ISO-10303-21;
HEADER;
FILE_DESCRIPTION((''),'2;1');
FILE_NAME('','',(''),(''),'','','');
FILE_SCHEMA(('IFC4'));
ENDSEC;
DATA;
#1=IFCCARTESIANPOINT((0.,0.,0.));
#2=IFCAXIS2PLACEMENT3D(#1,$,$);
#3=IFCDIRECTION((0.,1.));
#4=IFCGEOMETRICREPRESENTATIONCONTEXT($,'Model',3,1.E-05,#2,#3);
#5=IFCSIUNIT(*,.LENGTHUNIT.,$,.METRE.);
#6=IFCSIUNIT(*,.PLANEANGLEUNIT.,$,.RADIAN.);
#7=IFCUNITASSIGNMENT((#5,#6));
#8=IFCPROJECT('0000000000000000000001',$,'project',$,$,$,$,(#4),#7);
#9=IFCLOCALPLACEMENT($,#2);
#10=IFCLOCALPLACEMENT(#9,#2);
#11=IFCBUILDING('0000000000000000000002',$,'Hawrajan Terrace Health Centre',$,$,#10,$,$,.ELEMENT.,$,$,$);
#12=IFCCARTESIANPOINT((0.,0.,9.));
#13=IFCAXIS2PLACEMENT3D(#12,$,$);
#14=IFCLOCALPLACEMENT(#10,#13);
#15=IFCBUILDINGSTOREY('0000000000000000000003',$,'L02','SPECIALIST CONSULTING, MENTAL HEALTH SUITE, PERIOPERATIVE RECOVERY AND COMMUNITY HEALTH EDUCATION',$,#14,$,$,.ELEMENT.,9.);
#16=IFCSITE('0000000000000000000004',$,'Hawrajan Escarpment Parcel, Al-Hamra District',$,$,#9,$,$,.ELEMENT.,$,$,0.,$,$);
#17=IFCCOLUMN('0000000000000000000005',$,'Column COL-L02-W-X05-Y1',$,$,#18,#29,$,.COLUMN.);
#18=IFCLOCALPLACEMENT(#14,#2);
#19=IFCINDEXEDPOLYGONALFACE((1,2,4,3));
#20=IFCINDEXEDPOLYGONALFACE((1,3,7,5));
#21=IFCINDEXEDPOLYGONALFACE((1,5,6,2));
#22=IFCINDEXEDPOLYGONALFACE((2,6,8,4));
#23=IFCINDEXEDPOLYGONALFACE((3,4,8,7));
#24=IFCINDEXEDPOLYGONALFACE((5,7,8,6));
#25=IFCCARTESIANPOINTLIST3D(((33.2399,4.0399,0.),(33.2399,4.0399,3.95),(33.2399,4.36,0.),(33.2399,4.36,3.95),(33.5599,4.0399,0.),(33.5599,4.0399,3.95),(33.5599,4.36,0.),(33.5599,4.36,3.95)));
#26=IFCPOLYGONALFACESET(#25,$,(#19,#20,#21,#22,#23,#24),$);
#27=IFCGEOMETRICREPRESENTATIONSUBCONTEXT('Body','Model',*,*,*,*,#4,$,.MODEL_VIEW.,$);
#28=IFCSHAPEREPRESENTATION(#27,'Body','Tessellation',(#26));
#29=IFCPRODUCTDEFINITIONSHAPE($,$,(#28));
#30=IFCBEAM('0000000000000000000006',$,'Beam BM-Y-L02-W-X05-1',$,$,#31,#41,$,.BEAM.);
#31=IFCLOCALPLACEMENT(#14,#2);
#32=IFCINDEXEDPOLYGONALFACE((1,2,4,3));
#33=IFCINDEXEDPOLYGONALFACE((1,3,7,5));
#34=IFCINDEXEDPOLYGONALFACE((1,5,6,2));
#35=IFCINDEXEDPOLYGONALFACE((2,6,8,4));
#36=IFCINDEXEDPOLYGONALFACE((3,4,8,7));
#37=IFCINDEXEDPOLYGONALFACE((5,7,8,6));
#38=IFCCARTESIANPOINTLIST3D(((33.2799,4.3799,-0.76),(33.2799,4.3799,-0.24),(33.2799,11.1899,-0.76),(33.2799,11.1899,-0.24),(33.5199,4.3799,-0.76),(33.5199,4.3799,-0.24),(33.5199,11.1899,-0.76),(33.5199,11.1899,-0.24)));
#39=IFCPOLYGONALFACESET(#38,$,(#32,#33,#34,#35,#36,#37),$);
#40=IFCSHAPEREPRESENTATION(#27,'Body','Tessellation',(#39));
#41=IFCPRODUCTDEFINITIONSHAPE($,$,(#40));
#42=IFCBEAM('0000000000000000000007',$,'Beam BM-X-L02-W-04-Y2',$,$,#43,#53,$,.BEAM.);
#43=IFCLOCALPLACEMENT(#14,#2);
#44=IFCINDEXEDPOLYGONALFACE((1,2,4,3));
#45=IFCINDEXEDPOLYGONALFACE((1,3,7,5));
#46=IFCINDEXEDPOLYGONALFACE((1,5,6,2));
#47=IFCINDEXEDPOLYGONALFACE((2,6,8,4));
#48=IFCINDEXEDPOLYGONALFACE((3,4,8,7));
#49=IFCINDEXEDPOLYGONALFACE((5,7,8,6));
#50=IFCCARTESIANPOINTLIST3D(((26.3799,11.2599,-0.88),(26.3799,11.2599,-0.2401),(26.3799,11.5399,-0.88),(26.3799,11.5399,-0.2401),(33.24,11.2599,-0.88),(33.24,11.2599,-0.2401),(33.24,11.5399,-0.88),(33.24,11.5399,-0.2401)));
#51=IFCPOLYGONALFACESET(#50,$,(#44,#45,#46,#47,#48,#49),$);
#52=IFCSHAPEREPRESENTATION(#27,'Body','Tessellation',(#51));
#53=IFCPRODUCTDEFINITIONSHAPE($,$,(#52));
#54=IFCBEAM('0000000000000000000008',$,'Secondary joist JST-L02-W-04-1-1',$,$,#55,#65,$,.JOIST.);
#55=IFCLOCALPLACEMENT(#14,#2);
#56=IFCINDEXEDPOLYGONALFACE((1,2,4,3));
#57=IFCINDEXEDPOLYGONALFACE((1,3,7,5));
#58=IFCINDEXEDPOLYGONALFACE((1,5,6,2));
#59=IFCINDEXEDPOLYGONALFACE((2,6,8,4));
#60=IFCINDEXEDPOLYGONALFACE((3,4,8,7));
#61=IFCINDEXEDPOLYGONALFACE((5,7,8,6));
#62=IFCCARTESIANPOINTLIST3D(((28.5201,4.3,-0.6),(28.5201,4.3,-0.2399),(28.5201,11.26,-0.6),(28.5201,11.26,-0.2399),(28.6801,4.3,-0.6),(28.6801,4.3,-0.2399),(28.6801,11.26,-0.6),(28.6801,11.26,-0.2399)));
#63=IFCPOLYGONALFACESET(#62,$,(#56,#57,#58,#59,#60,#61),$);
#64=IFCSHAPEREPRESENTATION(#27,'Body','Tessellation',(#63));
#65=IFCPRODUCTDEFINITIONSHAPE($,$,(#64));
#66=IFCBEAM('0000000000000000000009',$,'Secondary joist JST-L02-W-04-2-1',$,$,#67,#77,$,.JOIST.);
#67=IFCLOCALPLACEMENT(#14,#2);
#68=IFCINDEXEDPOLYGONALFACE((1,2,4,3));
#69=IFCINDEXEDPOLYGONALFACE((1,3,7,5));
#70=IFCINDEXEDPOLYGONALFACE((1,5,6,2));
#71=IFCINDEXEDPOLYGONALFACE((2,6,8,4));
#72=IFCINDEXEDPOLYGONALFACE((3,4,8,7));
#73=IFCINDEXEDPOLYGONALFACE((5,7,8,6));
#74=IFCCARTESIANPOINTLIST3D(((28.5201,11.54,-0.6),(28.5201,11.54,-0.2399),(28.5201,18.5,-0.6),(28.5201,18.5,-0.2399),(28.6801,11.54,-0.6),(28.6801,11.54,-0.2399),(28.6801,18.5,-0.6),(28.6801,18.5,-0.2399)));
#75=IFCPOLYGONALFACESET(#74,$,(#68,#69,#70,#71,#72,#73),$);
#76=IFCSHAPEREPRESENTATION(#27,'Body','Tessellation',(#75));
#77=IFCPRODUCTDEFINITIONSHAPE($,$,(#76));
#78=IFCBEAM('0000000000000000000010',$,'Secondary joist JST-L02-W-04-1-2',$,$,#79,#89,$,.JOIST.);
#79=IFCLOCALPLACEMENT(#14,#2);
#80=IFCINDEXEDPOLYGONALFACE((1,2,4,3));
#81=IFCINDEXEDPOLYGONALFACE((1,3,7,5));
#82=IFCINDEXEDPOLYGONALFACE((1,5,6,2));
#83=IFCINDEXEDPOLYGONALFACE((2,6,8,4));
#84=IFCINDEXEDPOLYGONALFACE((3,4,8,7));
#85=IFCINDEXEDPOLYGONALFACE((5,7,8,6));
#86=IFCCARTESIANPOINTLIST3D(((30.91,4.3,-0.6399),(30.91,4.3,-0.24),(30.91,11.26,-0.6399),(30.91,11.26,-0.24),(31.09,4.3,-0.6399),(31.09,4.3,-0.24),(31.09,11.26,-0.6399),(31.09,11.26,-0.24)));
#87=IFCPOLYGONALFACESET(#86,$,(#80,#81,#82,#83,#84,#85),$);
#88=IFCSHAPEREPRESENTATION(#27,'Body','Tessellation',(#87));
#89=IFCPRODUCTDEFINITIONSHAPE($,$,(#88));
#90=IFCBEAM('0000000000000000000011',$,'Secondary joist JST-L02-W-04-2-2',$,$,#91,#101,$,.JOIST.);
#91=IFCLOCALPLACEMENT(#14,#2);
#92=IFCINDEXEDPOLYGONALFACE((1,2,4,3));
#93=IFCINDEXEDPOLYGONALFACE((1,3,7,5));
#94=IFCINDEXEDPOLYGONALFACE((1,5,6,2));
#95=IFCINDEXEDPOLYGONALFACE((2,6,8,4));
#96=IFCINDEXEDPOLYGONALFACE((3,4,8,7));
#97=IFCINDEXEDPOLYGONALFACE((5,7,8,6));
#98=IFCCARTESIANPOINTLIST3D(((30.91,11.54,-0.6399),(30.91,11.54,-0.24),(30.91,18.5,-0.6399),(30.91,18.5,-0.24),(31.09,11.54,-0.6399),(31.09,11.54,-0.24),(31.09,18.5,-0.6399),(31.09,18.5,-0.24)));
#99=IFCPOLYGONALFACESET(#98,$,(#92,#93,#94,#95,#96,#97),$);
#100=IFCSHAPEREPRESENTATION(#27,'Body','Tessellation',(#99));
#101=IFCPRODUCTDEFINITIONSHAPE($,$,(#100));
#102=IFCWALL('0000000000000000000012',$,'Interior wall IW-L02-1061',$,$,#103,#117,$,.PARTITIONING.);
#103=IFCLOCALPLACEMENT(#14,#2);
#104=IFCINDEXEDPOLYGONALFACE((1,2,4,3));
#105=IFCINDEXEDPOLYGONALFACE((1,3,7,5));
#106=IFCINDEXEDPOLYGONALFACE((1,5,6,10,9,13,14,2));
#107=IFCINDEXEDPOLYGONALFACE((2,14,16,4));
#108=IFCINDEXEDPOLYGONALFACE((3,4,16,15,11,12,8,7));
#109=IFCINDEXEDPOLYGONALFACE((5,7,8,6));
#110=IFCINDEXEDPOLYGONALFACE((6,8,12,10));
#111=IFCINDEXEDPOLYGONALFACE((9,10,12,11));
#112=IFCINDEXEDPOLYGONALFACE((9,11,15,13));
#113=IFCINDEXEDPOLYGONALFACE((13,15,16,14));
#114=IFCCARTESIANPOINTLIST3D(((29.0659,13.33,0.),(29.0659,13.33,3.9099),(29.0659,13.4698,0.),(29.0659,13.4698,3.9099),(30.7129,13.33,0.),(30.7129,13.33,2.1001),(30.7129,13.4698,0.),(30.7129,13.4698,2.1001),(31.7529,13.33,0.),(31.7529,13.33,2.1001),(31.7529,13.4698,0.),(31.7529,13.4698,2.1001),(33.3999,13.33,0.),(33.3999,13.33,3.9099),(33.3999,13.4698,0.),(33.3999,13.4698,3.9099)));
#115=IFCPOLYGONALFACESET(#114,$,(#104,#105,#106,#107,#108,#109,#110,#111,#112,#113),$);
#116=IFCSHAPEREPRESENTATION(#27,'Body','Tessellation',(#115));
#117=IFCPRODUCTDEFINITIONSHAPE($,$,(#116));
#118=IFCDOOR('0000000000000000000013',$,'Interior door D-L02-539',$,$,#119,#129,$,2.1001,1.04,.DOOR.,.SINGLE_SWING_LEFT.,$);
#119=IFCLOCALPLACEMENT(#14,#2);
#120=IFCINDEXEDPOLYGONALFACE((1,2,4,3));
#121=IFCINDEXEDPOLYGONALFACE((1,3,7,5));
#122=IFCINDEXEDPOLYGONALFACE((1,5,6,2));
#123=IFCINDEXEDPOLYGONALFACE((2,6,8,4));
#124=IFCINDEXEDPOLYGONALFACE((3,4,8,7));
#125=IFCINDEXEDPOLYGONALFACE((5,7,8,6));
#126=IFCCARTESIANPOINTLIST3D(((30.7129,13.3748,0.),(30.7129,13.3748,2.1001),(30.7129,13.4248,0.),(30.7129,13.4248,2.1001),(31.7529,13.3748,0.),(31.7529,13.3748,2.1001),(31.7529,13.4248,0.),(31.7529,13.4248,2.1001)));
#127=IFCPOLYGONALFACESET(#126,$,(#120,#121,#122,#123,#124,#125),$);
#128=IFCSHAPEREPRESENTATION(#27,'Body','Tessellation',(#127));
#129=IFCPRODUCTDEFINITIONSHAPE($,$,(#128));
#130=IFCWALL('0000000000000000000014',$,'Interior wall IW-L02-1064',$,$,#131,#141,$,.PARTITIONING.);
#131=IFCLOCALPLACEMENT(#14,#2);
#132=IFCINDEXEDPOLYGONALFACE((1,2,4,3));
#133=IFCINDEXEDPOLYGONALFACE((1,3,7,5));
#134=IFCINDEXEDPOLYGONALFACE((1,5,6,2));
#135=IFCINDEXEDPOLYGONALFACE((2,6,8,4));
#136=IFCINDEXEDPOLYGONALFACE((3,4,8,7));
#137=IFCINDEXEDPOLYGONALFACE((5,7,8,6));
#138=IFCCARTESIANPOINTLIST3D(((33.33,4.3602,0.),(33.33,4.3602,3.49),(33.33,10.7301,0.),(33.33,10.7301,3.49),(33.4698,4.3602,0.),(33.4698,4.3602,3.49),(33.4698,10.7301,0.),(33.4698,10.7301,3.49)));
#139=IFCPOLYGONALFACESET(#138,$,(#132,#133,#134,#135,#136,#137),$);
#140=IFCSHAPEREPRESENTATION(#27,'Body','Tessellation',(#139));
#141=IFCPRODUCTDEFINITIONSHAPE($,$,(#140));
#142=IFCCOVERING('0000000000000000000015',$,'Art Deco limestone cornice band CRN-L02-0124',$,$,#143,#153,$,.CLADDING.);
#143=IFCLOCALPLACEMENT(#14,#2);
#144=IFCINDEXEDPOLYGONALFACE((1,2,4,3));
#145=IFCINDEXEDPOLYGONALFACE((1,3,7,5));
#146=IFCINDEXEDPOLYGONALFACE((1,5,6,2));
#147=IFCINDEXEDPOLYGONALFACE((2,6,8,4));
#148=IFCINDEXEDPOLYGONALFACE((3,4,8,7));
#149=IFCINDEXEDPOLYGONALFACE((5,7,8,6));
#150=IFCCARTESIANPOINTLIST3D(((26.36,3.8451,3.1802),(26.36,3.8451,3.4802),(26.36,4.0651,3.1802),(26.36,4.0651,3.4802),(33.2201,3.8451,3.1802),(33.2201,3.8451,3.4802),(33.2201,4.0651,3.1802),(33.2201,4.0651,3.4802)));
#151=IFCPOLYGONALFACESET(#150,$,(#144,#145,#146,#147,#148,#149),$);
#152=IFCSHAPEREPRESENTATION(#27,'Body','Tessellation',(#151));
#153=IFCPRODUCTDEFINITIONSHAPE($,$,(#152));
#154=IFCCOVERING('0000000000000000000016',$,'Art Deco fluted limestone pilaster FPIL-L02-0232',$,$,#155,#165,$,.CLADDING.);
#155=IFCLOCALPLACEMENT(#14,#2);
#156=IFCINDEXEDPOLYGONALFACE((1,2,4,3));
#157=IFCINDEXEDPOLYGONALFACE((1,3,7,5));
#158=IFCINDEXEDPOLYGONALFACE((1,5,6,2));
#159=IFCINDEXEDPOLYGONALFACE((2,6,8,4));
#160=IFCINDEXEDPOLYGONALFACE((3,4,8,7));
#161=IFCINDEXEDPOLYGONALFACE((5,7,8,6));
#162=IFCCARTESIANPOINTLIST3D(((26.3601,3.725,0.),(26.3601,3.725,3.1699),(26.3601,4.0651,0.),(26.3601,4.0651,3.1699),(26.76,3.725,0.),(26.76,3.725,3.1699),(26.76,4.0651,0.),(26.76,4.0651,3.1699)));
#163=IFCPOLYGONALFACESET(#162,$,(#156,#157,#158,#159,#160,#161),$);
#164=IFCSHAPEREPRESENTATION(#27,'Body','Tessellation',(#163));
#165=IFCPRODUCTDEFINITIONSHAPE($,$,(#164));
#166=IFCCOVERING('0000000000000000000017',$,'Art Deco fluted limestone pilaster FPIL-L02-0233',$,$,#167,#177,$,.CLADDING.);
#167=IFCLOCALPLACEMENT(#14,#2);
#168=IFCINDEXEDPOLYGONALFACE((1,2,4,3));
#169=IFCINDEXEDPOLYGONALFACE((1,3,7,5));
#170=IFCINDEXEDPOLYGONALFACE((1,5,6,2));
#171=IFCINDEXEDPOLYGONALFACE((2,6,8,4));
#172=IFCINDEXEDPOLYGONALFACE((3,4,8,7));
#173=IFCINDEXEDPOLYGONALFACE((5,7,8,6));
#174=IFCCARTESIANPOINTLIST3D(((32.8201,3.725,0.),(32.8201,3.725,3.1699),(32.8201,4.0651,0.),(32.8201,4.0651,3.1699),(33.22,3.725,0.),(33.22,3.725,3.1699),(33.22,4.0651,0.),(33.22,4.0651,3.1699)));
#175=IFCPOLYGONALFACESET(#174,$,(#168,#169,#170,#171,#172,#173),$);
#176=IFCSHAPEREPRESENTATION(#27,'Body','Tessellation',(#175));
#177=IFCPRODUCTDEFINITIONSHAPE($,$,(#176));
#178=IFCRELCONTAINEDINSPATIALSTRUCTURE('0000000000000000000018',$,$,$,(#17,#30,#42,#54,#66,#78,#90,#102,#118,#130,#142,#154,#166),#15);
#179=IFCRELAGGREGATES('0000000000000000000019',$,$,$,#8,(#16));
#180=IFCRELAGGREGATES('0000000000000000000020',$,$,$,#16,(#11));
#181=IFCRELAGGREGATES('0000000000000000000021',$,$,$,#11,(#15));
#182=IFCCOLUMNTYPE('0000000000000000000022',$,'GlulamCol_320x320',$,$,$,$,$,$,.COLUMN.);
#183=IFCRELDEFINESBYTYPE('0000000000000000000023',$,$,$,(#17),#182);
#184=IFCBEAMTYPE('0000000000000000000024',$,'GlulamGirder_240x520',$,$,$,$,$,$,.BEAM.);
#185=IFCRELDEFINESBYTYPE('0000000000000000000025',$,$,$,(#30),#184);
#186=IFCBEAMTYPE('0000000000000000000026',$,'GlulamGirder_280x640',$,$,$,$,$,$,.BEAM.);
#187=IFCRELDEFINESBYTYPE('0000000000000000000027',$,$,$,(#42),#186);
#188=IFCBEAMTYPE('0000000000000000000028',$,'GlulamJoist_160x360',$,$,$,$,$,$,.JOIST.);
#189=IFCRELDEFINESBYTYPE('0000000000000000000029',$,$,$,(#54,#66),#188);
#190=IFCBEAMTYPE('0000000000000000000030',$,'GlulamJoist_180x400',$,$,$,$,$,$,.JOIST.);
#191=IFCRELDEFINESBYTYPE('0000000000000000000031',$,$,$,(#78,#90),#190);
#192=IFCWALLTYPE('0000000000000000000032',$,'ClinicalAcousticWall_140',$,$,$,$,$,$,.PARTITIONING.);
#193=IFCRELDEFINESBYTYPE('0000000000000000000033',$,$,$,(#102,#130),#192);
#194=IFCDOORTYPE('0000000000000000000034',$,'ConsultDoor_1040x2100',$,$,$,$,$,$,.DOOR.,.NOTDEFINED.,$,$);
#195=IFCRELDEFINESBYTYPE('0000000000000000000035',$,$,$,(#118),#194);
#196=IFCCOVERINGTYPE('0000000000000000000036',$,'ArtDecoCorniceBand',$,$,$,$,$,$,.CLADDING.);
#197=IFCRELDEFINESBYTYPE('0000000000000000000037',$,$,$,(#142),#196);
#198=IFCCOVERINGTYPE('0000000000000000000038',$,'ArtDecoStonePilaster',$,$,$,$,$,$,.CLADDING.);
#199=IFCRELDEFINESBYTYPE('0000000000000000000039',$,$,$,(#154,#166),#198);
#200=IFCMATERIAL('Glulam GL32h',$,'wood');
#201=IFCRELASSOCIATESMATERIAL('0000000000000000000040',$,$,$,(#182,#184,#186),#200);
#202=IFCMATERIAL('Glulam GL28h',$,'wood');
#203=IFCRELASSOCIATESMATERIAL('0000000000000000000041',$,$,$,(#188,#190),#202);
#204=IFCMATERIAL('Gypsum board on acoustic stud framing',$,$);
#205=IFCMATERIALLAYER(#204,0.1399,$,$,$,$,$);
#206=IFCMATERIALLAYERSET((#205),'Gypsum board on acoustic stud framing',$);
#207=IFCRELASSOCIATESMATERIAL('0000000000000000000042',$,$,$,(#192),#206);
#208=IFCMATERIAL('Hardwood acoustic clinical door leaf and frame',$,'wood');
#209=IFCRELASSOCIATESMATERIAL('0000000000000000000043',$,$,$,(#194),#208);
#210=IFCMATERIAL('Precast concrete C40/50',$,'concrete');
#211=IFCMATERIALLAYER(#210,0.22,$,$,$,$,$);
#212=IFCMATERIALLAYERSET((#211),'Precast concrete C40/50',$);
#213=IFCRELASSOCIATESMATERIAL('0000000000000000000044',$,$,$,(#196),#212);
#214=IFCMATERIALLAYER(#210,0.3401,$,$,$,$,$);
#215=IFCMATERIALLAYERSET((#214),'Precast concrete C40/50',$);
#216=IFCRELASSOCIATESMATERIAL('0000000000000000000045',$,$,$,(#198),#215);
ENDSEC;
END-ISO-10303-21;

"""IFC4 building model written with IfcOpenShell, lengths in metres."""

from ifc_helpers import new_model, si_unit, direction, frame, frame_2d, origin, origin_2d, place, context, subcontext, project, spatial, rectangle, extrude, material, layer, layer_set, material_profile, profile_set, type_object, element, fill, save


model = new_model("IFC4")

# Units and contexts
model_context = context("Model", 3, precision=1e-05, world=origin(), true_north=direction((0.0, 1.0)))
body_context = subcontext(model_context, "Body", "Model", "MODEL_VIEW")
ifc_project = project(units=[si_unit("LENGTHUNIT", "METRE"), si_unit("PLANEANGLEUNIT", "RADIAN")], contexts=[model_context])

# Site, building, storey
site_placement = place(None, origin())
site = spatial("IfcSite", under=ifc_project, at=site_placement, Name="Hawrajan Escarpment Parcel, Al-Hamra District", CompositionType="ELEMENT", RefElevation=0.0)
building_placement = place(site_placement, origin())
building = spatial("IfcBuilding", under=site, at=building_placement, Name="Hawrajan Terrace Health Centre", CompositionType="ELEMENT")
storey_placement = place(building_placement, frame((0.0, 0.0, 9.0)))
storey = spatial("IfcBuildingStorey", under=building, at=storey_placement, Name="L02", Description="SPECIALIST CONSULTING, MENTAL HEALTH SUITE, PERIOPERATIVE RECOVERY AND COMMUNITY HEALTH EDUCATION", CompositionType="ELEMENT", Elevation=9.0)

# Column
ifc_material_1 = material(Name="Glulam GL32h", Category="wood")
ifc_material_profile_1 = material_profile(ifc_material_1, rectangle(XDim=0.3201, YDim=0.3201, at=origin_2d()), Name="GL 320x320")
ifc_profile_set_1 = profile_set([ifc_material_profile_1], Name="Glulam GL32h")
column_type = type_object("IfcColumnType", Name="GlulamCol_320x320", PredefinedType="COLUMN", material=ifc_profile_set_1)
column_placement = place(storey_placement, frame((33.3999, 4.2, 0.0), z_axis=(0.0, 0.0, 1.0), x_axis=(1.0, 0.0, 0.0)))
element("IfcColumn", 1, at=column_placement, inside=storey, type_object=column_type, Name="Column COL-L02-W-X05-Y1", PredefinedType="COLUMN", context=body_context, shape_type="SweptSolid", body=[
    extrude(rectangle(XDim=0.3201, YDim=0.3201, at=origin_2d()), origin(), (0.0, 0.0, 1.0), 3.95),
])

# Beams
ifc_material_profile_2 = material_profile(ifc_material_1, rectangle(XDim=0.24, YDim=0.52, at=origin_2d()), Name="GL BM 240x520")
ifc_profile_set_2 = profile_set([ifc_material_profile_2], Name="Glulam GL32h")
beam_type_1 = type_object("IfcBeamType", Name="GlulamGirder_240x520", PredefinedType="BEAM", material=ifc_profile_set_2)
beam_1_placement = place(storey_placement, frame((33.3999, 4.3799, -0.5), z_axis=(0.0, 1.0, 0.0), x_axis=(-1.0, 0.0, 0.0)))
element("IfcBeam", 2, at=beam_1_placement, inside=storey, type_object=beam_type_1, Name="Beam BM-Y-L02-W-X05-1", PredefinedType="BEAM", context=body_context, shape_type="SweptSolid", body=[
    extrude(rectangle(XDim=0.24, YDim=0.52, at=origin_2d()), origin(), (0.0, 0.0, 1.0), 6.8101),
])
ifc_material_profile_3 = material_profile(ifc_material_1, rectangle(XDim=0.28, YDim=0.6399, at=origin_2d()), Name="GL BM 280x640")
ifc_profile_set_3 = profile_set([ifc_material_profile_3], Name="Glulam GL32h")
beam_type_2 = type_object("IfcBeamType", Name="GlulamGirder_280x640", PredefinedType="BEAM", material=ifc_profile_set_3)
beam_2_placement = place(storey_placement, frame((26.3799, 11.3999, -0.5601), z_axis=(1.0, 0.0, 0.0), x_axis=(0.0, 1.0, 0.0)))
element("IfcBeam", 3, at=beam_2_placement, inside=storey, type_object=beam_type_2, Name="Beam BM-X-L02-W-04-Y2", PredefinedType="BEAM", context=body_context, shape_type="SweptSolid", body=[
    extrude(rectangle(XDim=0.28, YDim=0.6399, at=origin_2d()), origin(), (0.0, 0.0, 1.0), 6.8601),
])
ifc_material_2 = material(Name="Glulam GL28h", Category="wood")
ifc_material_profile_4 = material_profile(ifc_material_2, rectangle(XDim=0.1599, YDim=0.3601, at=origin_2d()), Name="GL JST 160x360")
ifc_profile_set_4 = profile_set([ifc_material_profile_4], Name="Glulam GL28h")
beam_type_3 = type_object("IfcBeamType", Name="GlulamJoist_160x360", PredefinedType="JOIST", material=ifc_profile_set_4)
for number, where, z_axis, x_axis, name in (
    (4, (28.6001, 4.3, -0.4199), (0.0, 1.0, 0.0), (-1.0, 0.0, 0.0), "Secondary joist JST-L02-W-04-1-1"),
    (5, (28.6001, 11.54, -0.4199), (0.0, 1.0, 0.0), (-1.0, 0.0, 0.0), "Secondary joist JST-L02-W-04-2-1"),
):
    element("IfcBeam", number, at=place(storey_placement, frame(where, z_axis=z_axis, x_axis=x_axis)), inside=storey, type_object=beam_type_3, Name=name, PredefinedType="JOIST", context=body_context, shape_type="SweptSolid", body=[
        extrude(rectangle(XDim=0.1599, YDim=0.3601, at=origin_2d()), origin(), (0.0, 0.0, 1.0), 6.96),
    ])
ifc_material_profile_5 = material_profile(ifc_material_2, rectangle(XDim=0.1799, YDim=0.3999, at=origin_2d()), Name="GL JST 180x400")
ifc_profile_set_5 = profile_set([ifc_material_profile_5], Name="Glulam GL28h")
beam_type_4 = type_object("IfcBeamType", Name="GlulamJoist_180x400", PredefinedType="JOIST", material=ifc_profile_set_5)
for number, where, z_axis, x_axis, name in (
    (6, (31.0, 4.3, -0.4399), (0.0, 1.0, 0.0), (-1.0, 0.0, 0.0), "Secondary joist JST-L02-W-04-1-2"),
    (7, (31.0, 11.54, -0.4399), (0.0, 1.0, 0.0), (-1.0, 0.0, 0.0), "Secondary joist JST-L02-W-04-2-2"),
):
    element("IfcBeam", number, at=place(storey_placement, frame(where, z_axis=z_axis, x_axis=x_axis)), inside=storey, type_object=beam_type_4, Name=name, PredefinedType="JOIST", context=body_context, shape_type="SweptSolid", body=[
        extrude(rectangle(XDim=0.1799, YDim=0.3999, at=origin_2d()), origin(), (0.0, 0.0, 1.0), 6.96),
    ])

# Shared definitions
ifc_material_3 = material(Name="Gypsum board on acoustic stud framing")
ifc_layer_1 = layer(ifc_material_3, 0.1399)
ifc_layer_set_1 = layer_set([ifc_layer_1], Name="Gypsum board on acoustic stud framing")
wall_type = type_object("IfcWallType", Name="ClinicalAcousticWall_140", PredefinedType="PARTITIONING", material=ifc_layer_set_1)

# Wall, opening, door
wall_1_placement = place(storey_placement, frame((29.0659, 13.3999, 0.0), z_axis=(0.0, 0.0, 1.0), x_axis=(1.0, 0.0, 0.0)))
wall_1 = element("IfcWall", 8, at=wall_1_placement, inside=storey, type_object=wall_type, Name="Interior wall IW-L02-1061", PredefinedType="PARTITIONING", context=body_context, shape_type="SweptSolid", body=[
    extrude(rectangle(XDim=4.334, YDim=0.1399, at=frame_2d((2.167, 0.0))), origin(), (0.0, 0.0, 1.0), 3.9099),
])
opening_1_placement = place(wall_1_placement, frame((1.647, 0.0, 0.0)))
opening_1 = element("IfcOpeningElement", 9, at=opening_1_placement, cuts=wall_1, PredefinedType="OPENING", context=body_context, shape_type="SweptSolid", body=[
    extrude(rectangle(XDim=1.04, YDim=2.1001, at=frame_2d((0.52, 1.05))), frame((0.0, 0.0798, 0.0), z_axis=(0.0, -1.0, 0.0), x_axis=(1.0, 0.0, 0.0)), (0.0, 0.0, 1.0), 0.1599),
])
ifc_material_4 = material(Name="Hardwood acoustic clinical door leaf and frame", Category="wood")
door_type_1 = type_object("IfcDoorType", Name="ConsultDoor_1040x2100", OperationType="NOTDEFINED", PredefinedType="DOOR", material=ifc_material_4)
door_1_placement = place(opening_1_placement, origin())
door_1 = element("IfcDoor", 10, at=door_1_placement, inside=storey, type_object=door_type_1, Name="Interior door D-L02-539", OperationType="SINGLE_SWING_LEFT", OverallHeight=2.1001, OverallWidth=1.04, PredefinedType="DOOR", context=body_context, shape_type="SweptSolid", body=[
    extrude(rectangle(XDim=1.04, YDim=2.1001, at=frame_2d((0.52, 1.05))), frame((0.0, 0.0249, 0.0), z_axis=(0.0, -1.0, 0.0), x_axis=(1.0, 0.0, 0.0)), (0.0, 0.0, 1.0), 0.05),
])
fill(opening_1, door_1)

# Wall
wall_2_placement = place(storey_placement, frame((33.3999, 4.3601, 0.0), z_axis=(0.0, 0.0, 1.0), x_axis=(0.0, 1.0, 0.0)))
element("IfcWall", 11, at=wall_2_placement, inside=storey, type_object=wall_type, Name="Interior wall IW-L02-1064", PredefinedType="PARTITIONING", context=body_context, shape_type="SweptSolid", body=[
    extrude(rectangle(XDim=6.3699, YDim=0.1399, at=frame_2d((3.1851, 0.0))), origin(), (0.0, 0.0, 1.0), 3.49),
])

# Coverings
ifc_material_5 = material(Name="Precast concrete C40/50", Category="concrete")
ifc_layer_2 = layer(ifc_material_5, 0.22)
ifc_layer_set_2 = layer_set([ifc_layer_2], Name="Precast concrete C40/50")
covering_type_1 = type_object("IfcCoveringType", Name="ArtDecoCorniceBand", PredefinedType="CLADDING", material=ifc_layer_set_2)
covering_1_placement = place(storey_placement, frame((29.79, 3.9551, 3.1802), z_axis=(0.0, 0.0, 1.0), x_axis=(1.0, 0.0, 0.0)))
element("IfcCovering", 12, at=covering_1_placement, inside=storey, type_object=covering_type_1, Name="Art Deco limestone cornice band CRN-L02-0124", PredefinedType="CLADDING", context=body_context, shape_type="SweptSolid", body=[
    extrude(rectangle(XDim=6.8601, YDim=0.22, at=origin_2d()), origin(), (0.0, 0.0, 1.0), 0.3),
])
ifc_layer_3 = layer(ifc_material_5, 0.3401)
ifc_layer_set_3 = layer_set([ifc_layer_3], Name="Precast concrete C40/50")
covering_type_2 = type_object("IfcCoveringType", Name="ArtDecoStonePilaster", PredefinedType="CLADDING", material=ifc_layer_set_3)
for number, where, z_axis, x_axis, name in (
    (13, (26.5601, 3.895, 0.0), (0.0, 0.0, 1.0), (1.0, 0.0, 0.0), "Art Deco fluted limestone pilaster FPIL-L02-0232"),
    (14, (33.02, 3.895, 0.0), (0.0, 0.0, 1.0), (1.0, 0.0, 0.0), "Art Deco fluted limestone pilaster FPIL-L02-0233"),
):
    element("IfcCovering", number, at=place(storey_placement, frame(where, z_axis=z_axis, x_axis=x_axis)), inside=storey, type_object=covering_type_2, Name=name, PredefinedType="CLADDING", context=body_context, shape_type="SweptSolid", body=[
        extrude(rectangle(XDim=0.3999, YDim=0.3401, at=origin_2d()), origin(), (0.0, 0.0, 1.0), 3.1699),
    ])

save(model, "model.ifc")
